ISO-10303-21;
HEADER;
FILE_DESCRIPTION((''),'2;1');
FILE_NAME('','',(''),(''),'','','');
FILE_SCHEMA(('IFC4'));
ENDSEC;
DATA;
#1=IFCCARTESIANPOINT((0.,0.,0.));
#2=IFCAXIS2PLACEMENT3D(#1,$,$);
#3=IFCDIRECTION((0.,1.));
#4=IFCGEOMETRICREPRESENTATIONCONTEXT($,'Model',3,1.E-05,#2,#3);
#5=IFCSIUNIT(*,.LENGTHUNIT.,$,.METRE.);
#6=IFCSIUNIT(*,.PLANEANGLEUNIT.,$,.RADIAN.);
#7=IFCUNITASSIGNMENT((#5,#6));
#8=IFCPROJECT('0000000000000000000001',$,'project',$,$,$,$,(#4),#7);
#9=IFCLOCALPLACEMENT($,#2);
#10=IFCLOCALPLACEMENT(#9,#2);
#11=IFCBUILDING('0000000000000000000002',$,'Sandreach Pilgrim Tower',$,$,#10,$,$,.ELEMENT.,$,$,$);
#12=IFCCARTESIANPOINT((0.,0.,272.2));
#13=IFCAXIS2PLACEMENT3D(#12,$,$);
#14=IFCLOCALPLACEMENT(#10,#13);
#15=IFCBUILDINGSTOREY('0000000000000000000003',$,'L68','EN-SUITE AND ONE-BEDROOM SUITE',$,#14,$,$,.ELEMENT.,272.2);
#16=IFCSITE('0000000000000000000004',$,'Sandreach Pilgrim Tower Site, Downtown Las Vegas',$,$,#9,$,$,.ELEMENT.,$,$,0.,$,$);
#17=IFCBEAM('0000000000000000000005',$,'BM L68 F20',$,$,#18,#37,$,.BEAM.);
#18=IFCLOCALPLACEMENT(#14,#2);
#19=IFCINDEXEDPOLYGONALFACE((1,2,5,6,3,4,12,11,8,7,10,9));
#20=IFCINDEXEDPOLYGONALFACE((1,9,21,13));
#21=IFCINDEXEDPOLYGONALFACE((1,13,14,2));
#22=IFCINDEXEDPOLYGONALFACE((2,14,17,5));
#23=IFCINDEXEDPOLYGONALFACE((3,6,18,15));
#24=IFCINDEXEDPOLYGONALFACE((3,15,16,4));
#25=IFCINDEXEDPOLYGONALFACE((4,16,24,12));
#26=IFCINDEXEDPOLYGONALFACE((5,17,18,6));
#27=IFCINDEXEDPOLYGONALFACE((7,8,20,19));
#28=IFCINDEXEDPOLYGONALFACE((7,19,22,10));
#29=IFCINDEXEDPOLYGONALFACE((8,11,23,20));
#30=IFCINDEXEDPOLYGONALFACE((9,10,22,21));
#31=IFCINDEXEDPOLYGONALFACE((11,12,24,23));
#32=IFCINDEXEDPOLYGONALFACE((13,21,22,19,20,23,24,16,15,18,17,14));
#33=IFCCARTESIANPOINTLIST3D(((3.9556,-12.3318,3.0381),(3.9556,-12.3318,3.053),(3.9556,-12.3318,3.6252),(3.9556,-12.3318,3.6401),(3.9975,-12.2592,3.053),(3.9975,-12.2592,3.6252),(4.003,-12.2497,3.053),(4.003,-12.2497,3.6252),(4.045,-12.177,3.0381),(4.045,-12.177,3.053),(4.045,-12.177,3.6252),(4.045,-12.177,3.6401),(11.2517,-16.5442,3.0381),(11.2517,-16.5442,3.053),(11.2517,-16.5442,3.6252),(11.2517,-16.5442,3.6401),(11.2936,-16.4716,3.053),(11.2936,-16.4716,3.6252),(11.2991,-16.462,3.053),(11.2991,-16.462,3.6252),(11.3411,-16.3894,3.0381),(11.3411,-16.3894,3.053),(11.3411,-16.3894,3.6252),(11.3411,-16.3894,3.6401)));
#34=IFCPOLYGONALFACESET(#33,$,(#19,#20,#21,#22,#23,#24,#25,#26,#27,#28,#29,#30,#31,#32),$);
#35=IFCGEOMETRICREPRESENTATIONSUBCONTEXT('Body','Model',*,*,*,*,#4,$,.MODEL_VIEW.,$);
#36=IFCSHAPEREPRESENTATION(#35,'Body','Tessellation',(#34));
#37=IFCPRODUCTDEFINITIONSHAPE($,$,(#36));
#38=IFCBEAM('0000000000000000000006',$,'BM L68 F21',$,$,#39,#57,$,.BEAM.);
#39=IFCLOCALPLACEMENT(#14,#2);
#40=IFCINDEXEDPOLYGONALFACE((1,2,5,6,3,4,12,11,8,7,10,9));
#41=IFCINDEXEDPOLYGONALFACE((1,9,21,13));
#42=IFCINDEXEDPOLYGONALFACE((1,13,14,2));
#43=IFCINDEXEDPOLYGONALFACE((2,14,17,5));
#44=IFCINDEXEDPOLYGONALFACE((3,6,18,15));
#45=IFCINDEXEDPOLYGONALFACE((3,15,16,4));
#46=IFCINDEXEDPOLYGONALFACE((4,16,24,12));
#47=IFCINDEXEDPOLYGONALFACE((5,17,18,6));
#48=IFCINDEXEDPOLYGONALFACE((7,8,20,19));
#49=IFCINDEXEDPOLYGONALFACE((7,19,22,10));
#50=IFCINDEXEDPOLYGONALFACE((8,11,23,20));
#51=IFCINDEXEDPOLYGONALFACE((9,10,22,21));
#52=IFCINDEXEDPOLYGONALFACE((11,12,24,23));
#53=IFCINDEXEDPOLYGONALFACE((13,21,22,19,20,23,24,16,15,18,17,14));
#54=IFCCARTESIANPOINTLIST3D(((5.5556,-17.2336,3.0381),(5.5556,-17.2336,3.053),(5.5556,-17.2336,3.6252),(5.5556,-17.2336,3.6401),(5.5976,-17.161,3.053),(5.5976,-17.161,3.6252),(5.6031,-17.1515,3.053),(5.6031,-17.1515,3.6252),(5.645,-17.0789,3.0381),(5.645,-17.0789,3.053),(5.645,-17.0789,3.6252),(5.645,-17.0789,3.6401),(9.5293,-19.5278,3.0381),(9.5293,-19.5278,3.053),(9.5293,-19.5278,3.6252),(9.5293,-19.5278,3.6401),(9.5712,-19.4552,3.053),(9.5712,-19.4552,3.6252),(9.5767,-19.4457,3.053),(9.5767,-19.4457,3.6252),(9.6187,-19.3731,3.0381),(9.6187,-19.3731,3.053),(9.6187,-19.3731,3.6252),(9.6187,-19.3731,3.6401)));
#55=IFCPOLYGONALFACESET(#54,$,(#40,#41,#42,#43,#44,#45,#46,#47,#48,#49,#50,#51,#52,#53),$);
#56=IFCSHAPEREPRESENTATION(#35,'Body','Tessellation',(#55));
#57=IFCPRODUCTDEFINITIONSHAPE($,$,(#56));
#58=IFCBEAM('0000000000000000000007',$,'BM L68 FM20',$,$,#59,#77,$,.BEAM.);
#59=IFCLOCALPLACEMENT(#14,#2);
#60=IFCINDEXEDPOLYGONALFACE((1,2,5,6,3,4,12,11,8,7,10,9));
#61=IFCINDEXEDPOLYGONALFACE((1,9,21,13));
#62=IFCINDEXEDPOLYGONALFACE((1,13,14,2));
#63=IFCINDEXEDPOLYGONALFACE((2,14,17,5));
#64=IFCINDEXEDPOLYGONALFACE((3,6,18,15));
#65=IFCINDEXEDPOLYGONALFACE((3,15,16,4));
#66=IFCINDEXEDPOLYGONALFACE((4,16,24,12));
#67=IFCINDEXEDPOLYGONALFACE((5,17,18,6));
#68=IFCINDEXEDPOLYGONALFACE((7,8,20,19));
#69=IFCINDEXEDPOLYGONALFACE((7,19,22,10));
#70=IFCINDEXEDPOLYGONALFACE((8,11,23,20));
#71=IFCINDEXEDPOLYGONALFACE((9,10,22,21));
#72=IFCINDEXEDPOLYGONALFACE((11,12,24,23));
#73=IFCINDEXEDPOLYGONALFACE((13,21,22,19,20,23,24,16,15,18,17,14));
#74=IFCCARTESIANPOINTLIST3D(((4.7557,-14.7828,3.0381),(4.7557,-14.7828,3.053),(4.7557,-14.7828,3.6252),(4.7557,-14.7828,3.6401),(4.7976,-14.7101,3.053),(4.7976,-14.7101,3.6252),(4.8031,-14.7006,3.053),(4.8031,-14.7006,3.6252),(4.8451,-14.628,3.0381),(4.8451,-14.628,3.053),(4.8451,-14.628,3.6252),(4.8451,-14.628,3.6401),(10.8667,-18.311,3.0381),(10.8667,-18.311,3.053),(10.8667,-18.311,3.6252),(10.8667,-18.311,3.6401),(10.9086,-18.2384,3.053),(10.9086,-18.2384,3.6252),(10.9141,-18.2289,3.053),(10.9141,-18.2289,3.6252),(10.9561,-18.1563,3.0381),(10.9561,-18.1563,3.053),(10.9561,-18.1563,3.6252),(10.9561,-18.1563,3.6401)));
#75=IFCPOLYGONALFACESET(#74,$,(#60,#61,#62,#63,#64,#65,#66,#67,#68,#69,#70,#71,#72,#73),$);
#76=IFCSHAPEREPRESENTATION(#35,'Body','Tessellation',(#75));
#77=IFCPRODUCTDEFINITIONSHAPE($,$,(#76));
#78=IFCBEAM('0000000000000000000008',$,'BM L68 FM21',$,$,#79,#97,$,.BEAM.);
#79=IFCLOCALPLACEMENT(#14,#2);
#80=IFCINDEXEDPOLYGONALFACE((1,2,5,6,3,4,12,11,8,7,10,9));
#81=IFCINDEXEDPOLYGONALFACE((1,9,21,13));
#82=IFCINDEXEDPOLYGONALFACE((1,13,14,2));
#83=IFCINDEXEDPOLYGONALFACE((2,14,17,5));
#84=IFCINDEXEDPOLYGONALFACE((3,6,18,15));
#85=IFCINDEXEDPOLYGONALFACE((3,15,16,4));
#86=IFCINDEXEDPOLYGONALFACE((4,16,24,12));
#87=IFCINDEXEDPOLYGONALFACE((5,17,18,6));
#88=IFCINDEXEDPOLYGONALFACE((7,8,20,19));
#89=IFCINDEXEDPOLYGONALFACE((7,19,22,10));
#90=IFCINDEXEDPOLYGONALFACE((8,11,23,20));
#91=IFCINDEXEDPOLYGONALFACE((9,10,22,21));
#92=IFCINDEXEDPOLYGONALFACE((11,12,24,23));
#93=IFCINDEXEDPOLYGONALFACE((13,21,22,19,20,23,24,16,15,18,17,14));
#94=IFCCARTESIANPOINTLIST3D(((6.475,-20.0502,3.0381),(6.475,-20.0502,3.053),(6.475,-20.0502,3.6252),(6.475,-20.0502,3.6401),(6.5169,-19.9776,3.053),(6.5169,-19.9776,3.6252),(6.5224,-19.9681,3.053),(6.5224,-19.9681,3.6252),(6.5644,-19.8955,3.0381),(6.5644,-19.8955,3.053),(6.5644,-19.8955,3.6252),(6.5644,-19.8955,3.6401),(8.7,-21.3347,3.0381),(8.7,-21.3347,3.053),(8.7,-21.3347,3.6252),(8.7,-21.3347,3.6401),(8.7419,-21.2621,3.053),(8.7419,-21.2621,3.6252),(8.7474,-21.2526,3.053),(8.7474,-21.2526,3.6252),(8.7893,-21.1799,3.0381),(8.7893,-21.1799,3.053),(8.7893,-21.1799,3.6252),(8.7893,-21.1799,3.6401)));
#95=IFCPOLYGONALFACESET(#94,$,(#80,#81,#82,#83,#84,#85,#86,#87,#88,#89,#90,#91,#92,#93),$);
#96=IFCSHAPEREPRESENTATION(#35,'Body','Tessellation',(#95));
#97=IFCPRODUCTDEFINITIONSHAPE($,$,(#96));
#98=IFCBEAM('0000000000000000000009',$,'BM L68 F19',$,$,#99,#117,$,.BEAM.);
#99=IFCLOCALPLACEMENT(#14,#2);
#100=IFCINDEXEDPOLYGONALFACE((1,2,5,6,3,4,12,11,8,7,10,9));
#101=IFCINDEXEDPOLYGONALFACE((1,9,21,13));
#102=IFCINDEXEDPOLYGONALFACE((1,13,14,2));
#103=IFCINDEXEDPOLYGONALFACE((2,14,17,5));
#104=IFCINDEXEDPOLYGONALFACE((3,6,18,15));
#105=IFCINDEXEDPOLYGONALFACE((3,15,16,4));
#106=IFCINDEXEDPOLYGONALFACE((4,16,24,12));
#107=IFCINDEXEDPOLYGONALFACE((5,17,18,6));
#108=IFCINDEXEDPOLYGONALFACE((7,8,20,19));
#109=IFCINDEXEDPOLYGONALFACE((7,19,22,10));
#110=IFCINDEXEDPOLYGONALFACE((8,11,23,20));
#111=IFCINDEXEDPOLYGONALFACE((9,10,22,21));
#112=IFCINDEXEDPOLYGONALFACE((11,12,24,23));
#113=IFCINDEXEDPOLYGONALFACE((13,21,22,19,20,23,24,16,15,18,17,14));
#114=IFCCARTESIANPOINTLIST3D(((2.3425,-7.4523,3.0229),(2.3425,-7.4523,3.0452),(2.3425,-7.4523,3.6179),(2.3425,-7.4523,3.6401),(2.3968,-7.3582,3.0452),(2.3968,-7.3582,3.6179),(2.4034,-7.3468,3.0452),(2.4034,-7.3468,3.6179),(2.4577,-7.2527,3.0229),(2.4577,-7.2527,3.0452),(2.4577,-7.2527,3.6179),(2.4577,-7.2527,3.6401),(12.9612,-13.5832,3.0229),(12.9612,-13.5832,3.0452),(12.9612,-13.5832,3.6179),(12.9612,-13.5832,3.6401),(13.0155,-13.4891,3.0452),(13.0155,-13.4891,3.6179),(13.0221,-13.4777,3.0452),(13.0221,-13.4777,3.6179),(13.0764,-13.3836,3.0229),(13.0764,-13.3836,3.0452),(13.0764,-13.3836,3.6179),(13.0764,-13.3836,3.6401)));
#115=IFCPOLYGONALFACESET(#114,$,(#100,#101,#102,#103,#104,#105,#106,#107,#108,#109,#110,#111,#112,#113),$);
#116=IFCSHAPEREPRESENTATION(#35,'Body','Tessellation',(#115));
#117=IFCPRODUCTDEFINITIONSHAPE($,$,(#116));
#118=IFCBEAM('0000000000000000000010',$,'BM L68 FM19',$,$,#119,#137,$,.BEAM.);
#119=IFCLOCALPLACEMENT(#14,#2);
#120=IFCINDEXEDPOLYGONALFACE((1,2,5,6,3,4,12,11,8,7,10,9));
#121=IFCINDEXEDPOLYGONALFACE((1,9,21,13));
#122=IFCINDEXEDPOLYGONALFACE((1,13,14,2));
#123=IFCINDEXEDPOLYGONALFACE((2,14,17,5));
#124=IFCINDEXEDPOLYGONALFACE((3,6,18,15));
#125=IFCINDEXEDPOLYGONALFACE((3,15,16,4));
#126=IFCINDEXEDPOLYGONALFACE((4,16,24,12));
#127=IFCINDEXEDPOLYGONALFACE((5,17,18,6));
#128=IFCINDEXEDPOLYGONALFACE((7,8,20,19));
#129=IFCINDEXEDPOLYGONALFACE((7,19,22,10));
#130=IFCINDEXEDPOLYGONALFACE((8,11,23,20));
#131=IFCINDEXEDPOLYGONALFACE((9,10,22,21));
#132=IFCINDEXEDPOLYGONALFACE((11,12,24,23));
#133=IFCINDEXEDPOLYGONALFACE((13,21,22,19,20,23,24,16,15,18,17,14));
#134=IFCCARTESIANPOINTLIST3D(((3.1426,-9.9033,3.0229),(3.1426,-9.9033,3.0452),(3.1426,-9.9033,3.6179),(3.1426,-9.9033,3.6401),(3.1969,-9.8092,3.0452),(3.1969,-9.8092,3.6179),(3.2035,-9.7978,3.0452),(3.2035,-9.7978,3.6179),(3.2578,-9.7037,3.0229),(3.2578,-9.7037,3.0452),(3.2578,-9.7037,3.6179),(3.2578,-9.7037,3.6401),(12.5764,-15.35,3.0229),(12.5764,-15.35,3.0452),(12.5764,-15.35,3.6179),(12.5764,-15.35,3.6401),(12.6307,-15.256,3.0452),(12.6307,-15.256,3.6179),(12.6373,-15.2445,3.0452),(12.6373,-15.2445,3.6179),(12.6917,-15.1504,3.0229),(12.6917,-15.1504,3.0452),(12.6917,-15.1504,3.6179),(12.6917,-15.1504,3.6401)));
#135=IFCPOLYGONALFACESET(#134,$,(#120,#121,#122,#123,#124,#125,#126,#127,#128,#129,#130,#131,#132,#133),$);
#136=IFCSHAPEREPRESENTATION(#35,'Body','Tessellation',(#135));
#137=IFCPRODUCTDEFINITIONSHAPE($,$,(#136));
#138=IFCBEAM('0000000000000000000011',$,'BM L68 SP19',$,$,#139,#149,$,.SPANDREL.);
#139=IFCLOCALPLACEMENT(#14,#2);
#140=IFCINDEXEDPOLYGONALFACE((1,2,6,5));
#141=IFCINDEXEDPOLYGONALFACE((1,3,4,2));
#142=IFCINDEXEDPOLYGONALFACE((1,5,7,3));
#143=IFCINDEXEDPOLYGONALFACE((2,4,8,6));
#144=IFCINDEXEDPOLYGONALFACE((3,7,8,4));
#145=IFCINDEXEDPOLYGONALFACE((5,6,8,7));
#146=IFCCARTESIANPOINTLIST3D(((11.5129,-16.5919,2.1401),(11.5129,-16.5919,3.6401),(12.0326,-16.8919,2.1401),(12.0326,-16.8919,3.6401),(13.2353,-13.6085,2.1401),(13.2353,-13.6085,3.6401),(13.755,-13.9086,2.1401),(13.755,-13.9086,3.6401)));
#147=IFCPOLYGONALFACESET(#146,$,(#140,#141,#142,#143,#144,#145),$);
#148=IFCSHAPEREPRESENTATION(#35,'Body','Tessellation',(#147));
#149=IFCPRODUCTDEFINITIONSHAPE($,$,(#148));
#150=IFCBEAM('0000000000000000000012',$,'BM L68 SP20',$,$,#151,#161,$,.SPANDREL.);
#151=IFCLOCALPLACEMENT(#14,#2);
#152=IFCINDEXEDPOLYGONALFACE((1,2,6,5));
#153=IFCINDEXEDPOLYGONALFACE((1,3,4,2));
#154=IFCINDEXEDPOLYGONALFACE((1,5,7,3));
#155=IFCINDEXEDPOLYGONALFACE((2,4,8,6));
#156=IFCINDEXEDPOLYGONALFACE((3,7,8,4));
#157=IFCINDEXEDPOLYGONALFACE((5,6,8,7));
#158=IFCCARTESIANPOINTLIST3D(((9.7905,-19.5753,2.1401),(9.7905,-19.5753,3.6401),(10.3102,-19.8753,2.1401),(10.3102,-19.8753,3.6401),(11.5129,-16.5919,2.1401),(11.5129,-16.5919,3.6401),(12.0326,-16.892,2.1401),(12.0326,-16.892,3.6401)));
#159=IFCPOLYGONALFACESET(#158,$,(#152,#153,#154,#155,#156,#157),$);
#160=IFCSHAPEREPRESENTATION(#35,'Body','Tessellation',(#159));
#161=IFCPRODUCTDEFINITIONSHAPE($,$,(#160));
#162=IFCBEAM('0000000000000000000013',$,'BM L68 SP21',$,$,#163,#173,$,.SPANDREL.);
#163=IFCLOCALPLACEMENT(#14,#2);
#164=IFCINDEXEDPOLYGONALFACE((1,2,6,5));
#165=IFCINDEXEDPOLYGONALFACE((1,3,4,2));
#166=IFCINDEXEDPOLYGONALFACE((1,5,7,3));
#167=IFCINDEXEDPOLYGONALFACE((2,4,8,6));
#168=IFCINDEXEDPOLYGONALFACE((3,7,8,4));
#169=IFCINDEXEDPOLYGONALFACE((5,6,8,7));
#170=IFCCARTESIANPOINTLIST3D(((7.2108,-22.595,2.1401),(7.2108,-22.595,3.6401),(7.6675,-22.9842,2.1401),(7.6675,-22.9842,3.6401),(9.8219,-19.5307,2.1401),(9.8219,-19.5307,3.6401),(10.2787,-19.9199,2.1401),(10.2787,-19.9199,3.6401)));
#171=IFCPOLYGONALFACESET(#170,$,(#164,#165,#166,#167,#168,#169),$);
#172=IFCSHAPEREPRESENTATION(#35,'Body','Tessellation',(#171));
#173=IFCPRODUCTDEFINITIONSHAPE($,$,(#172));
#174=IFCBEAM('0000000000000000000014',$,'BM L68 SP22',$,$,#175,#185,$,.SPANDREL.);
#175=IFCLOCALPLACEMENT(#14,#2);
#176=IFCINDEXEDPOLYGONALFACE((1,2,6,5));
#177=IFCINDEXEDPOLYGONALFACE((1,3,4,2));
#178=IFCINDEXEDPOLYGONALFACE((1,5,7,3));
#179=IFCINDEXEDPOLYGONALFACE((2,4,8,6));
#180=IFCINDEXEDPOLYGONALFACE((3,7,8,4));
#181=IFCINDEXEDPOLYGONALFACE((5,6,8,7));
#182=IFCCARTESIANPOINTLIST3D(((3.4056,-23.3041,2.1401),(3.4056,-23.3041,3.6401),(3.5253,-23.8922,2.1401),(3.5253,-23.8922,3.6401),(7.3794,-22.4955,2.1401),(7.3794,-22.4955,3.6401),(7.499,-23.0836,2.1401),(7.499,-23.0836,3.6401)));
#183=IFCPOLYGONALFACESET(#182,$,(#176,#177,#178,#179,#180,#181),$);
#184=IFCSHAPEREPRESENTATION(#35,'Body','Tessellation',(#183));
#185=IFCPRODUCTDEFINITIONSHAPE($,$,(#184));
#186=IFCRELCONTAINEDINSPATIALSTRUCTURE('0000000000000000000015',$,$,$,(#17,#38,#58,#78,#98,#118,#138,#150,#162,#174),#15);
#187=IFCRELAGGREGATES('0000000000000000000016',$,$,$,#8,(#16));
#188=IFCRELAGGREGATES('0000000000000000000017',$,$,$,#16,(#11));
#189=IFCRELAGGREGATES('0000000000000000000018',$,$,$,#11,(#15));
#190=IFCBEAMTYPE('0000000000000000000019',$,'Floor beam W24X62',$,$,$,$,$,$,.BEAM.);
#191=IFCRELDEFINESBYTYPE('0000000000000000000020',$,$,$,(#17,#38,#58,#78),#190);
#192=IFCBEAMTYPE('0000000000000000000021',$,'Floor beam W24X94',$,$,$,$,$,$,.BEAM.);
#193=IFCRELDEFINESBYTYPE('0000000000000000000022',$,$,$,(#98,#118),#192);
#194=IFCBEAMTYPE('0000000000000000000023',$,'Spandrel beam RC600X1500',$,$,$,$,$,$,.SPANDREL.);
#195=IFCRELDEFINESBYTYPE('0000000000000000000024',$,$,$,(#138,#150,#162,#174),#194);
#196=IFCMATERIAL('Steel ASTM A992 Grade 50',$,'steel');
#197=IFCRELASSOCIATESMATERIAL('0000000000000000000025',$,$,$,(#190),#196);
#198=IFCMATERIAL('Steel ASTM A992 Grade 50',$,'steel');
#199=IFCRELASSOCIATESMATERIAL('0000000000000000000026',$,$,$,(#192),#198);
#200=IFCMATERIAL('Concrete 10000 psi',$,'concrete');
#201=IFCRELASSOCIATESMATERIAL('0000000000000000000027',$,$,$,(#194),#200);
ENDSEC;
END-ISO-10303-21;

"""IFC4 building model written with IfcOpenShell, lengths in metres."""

from ifc_helpers import new_model, si_unit, direction, frame, origin, origin_2d, place, context, subcontext, project, spatial, rectangle, i_section, extrude, material, material_profile, profile_set, type_object, element, save


model = new_model("IFC4")

# Units and contexts
model_context = context("Model", 3, precision=1e-05, world=origin(), true_north=direction((0.0, 1.0)))
body_context = subcontext(model_context, "Body", "Model", "MODEL_VIEW")
ifc_project = project(units=[si_unit("LENGTHUNIT", "METRE"), si_unit("PLANEANGLEUNIT", "RADIAN")], contexts=[model_context])

# Site, building, storey
site_placement = place(None, origin())
site = spatial("IfcSite", under=ifc_project, at=site_placement, Name="Sandreach Pilgrim Tower Site, Downtown Las Vegas", CompositionType="ELEMENT", RefElevation=0.0)
building_placement = place(site_placement, origin())
building = spatial("IfcBuilding", under=site, at=building_placement, Name="Sandreach Pilgrim Tower", CompositionType="ELEMENT")
storey_placement = place(building_placement, frame((0.0, 0.0, 272.2)))
storey = spatial("IfcBuildingStorey", under=building, at=storey_placement, Name="L68", Description="EN-SUITE AND ONE-BEDROOM SUITE", CompositionType="ELEMENT", Elevation=272.2)

# Beams
ifc_material_1 = material(Name="Steel ASTM A992 Grade 50", Category="steel")
ifc_material_profile_1 = material_profile(ifc_material_1, i_section(OverallWidth=0.1787, OverallDepth=0.6021, WebThickness=0.011, FlangeThickness=0.0149, at=origin_2d()), Name="W24X62")
ifc_profile_set_1 = profile_set([ifc_material_profile_1], Name="Steel ASTM A992 Grade 50")
beam_type_1 = type_object("IfcBeamType", Name="Floor beam W24X62", PredefinedType="BEAM", material=ifc_profile_set_1)
beam_1_placement = place(storey_placement, frame((11.2964, -16.4668, 3.3391), z_axis=(-0.866027, 0.499998, 0.0), x_axis=(-0.499998, -0.866027, 0.0)))
element("IfcBeam", 1, at=beam_1_placement, inside=storey, type_object=beam_type_1, Name="BM L68 F20", PredefinedType="BEAM", context=body_context, shape_type="SweptSolid", body=[
    extrude(i_section(OverallWidth=0.1787, OverallDepth=0.6021, WebThickness=0.011, FlangeThickness=0.0149, at=origin_2d()), origin(), (0.0, 0.0, 1.0), 8.4248),
])
beam_2_placement = place(storey_placement, frame((9.574, -19.4504, 3.3391), z_axis=(-0.866024, 0.500002, 0.0), x_axis=(-0.500002, -0.866024, 0.0)))
element("IfcBeam", 2, at=beam_2_placement, inside=storey, type_object=beam_type_1, Name="BM L68 F21", PredefinedType="BEAM", context=body_context, shape_type="SweptSolid", body=[
    extrude(i_section(OverallWidth=0.1787, OverallDepth=0.6021, WebThickness=0.011, FlangeThickness=0.0149, at=origin_2d()), origin(), (0.0, 0.0, 1.0), 4.5884),
])
beam_3_placement = place(storey_placement, frame((10.9114, -18.2336, 3.3391), z_axis=(-0.86602, 0.500009, 0.0), x_axis=(-0.500009, -0.86602, 0.0)))
element("IfcBeam", 3, at=beam_3_placement, inside=storey, type_object=beam_type_1, Name="BM L68 FM20", PredefinedType="BEAM", context=body_context, shape_type="SweptSolid", body=[
    extrude(i_section(OverallWidth=0.1787, OverallDepth=0.6021, WebThickness=0.011, FlangeThickness=0.0149, at=origin_2d()), origin(), (0.0, 0.0, 1.0), 7.0564),
])
beam_4_placement = place(storey_placement, frame((8.7446, -21.2573, 3.3391), z_axis=(-0.866042, 0.499972, 0.0), x_axis=(-0.499972, -0.866042, 0.0)))
element("IfcBeam", 4, at=beam_4_placement, inside=storey, type_object=beam_type_1, Name="BM L68 FM21", PredefinedType="BEAM", context=body_context, shape_type="SweptSolid", body=[
    extrude(i_section(OverallWidth=0.1787, OverallDepth=0.6021, WebThickness=0.011, FlangeThickness=0.0149, at=origin_2d()), origin(), (0.0, 0.0, 1.0), 2.5691),
])
ifc_material_2 = material(Name="Steel ASTM A992 Grade 50", Category="steel")
ifc_material_profile_2 = material_profile(ifc_material_2, i_section(OverallWidth=0.2305, OverallDepth=0.6172, WebThickness=0.0132, FlangeThickness=0.0222, at=origin_2d()), Name="W24X94")
ifc_profile_set_2 = profile_set([ifc_material_profile_2], Name="Steel ASTM A992 Grade 50")
beam_type_2 = type_object("IfcBeamType", Name="Floor beam W24X94", PredefinedType="BEAM", material=ifc_profile_set_2)
beam_5_placement = place(storey_placement, frame((13.0188, -13.4834, 3.3315), z_axis=(-0.866019, 0.500011, 0.0), x_axis=(-0.500011, -0.866019, 0.0)))
element("IfcBeam", 5, at=beam_5_placement, inside=storey, type_object=beam_type_2, Name="BM L68 F19", PredefinedType="BEAM", context=body_context, shape_type="SweptSolid", body=[
    extrude(i_section(OverallWidth=0.2305, OverallDepth=0.6172, WebThickness=0.0132, FlangeThickness=0.0222, at=origin_2d()), origin(), (0.0, 0.0, 1.0), 12.2615),
])
beam_6_placement = place(storey_placement, frame((12.634, -15.2502, 3.3315), z_axis=(-0.86602, 0.50001, 0.0), x_axis=(-0.50001, -0.86602, 0.0)))
element("IfcBeam", 6, at=beam_6_placement, inside=storey, type_object=beam_type_2, Name="BM L68 FM19", PredefinedType="BEAM", context=body_context, shape_type="SweptSolid", body=[
    extrude(i_section(OverallWidth=0.2305, OverallDepth=0.6172, WebThickness=0.0132, FlangeThickness=0.0222, at=origin_2d()), origin(), (0.0, 0.0, 1.0), 10.8933),
])
ifc_material_3 = material(Name="Concrete 10000 psi", Category="concrete")
ifc_material_profile_3 = material_profile(ifc_material_3, rectangle(XDim=0.6001, YDim=1.5, at=origin_2d()), Name="RC600X1500")
ifc_profile_set_3 = profile_set([ifc_material_profile_3], Name="Concrete 10000 psi")
beam_type_3 = type_object("IfcBeamType", Name="Spandrel beam RC600X1500", PredefinedType="SPANDREL", material=ifc_profile_set_3)
for number, where, z_axis, x_axis, name in (
    (7, (13.4951, -13.7585, 2.8901), (-0.499988, -0.866032, 0.0), (0.866032, -0.499988, 0.0), "BM L68 SP19"),
    (8, (11.7727, -16.7419, 2.8901), (-0.499988, -0.866032, 0.0), (0.866032, -0.499988, 0.0), "BM L68 SP20"),
):
    element("IfcBeam", number, at=place(storey_placement, frame(where, z_axis=z_axis, x_axis=x_axis)), inside=storey, type_object=beam_type_3, Name=name, PredefinedType="SPANDREL", context=body_context, shape_type="SweptSolid", body=[
        extrude(rectangle(XDim=0.6001, YDim=1.5, at=origin_2d()), origin(), (0.0, 0.0, 1.0), 3.4448),
    ])
beam_7_placement = place(storey_placement, frame((10.0503, -19.7253, 2.8901), z_axis=(-0.648586, -0.761141, 0.0), x_axis=(0.761141, -0.648586, 0.0)))
element("IfcBeam", 9, at=beam_7_placement, inside=storey, type_object=beam_type_3, Name="BM L68 SP21", PredefinedType="SPANDREL", context=body_context, shape_type="SweptSolid", body=[
    extrude(rectangle(XDim=0.6001, YDim=1.5, at=origin_2d()), origin(), (0.0, 0.0, 1.0), 4.0259),
])
beam_8_placement = place(storey_placement, frame((7.4392, -22.7896, 2.8901), z_axis=(-0.979918, -0.199403, 0.0), x_axis=(0.199403, -0.979918, 0.0)))
element("IfcBeam", 10, at=beam_8_placement, inside=storey, type_object=beam_type_3, Name="BM L68 SP22", PredefinedType="SPANDREL", context=body_context, shape_type="SweptSolid", body=[
    extrude(rectangle(XDim=0.6001, YDim=1.5, at=origin_2d()), origin(), (0.0, 0.0, 1.0), 4.0552),
])

save(model, "model.ifc")
